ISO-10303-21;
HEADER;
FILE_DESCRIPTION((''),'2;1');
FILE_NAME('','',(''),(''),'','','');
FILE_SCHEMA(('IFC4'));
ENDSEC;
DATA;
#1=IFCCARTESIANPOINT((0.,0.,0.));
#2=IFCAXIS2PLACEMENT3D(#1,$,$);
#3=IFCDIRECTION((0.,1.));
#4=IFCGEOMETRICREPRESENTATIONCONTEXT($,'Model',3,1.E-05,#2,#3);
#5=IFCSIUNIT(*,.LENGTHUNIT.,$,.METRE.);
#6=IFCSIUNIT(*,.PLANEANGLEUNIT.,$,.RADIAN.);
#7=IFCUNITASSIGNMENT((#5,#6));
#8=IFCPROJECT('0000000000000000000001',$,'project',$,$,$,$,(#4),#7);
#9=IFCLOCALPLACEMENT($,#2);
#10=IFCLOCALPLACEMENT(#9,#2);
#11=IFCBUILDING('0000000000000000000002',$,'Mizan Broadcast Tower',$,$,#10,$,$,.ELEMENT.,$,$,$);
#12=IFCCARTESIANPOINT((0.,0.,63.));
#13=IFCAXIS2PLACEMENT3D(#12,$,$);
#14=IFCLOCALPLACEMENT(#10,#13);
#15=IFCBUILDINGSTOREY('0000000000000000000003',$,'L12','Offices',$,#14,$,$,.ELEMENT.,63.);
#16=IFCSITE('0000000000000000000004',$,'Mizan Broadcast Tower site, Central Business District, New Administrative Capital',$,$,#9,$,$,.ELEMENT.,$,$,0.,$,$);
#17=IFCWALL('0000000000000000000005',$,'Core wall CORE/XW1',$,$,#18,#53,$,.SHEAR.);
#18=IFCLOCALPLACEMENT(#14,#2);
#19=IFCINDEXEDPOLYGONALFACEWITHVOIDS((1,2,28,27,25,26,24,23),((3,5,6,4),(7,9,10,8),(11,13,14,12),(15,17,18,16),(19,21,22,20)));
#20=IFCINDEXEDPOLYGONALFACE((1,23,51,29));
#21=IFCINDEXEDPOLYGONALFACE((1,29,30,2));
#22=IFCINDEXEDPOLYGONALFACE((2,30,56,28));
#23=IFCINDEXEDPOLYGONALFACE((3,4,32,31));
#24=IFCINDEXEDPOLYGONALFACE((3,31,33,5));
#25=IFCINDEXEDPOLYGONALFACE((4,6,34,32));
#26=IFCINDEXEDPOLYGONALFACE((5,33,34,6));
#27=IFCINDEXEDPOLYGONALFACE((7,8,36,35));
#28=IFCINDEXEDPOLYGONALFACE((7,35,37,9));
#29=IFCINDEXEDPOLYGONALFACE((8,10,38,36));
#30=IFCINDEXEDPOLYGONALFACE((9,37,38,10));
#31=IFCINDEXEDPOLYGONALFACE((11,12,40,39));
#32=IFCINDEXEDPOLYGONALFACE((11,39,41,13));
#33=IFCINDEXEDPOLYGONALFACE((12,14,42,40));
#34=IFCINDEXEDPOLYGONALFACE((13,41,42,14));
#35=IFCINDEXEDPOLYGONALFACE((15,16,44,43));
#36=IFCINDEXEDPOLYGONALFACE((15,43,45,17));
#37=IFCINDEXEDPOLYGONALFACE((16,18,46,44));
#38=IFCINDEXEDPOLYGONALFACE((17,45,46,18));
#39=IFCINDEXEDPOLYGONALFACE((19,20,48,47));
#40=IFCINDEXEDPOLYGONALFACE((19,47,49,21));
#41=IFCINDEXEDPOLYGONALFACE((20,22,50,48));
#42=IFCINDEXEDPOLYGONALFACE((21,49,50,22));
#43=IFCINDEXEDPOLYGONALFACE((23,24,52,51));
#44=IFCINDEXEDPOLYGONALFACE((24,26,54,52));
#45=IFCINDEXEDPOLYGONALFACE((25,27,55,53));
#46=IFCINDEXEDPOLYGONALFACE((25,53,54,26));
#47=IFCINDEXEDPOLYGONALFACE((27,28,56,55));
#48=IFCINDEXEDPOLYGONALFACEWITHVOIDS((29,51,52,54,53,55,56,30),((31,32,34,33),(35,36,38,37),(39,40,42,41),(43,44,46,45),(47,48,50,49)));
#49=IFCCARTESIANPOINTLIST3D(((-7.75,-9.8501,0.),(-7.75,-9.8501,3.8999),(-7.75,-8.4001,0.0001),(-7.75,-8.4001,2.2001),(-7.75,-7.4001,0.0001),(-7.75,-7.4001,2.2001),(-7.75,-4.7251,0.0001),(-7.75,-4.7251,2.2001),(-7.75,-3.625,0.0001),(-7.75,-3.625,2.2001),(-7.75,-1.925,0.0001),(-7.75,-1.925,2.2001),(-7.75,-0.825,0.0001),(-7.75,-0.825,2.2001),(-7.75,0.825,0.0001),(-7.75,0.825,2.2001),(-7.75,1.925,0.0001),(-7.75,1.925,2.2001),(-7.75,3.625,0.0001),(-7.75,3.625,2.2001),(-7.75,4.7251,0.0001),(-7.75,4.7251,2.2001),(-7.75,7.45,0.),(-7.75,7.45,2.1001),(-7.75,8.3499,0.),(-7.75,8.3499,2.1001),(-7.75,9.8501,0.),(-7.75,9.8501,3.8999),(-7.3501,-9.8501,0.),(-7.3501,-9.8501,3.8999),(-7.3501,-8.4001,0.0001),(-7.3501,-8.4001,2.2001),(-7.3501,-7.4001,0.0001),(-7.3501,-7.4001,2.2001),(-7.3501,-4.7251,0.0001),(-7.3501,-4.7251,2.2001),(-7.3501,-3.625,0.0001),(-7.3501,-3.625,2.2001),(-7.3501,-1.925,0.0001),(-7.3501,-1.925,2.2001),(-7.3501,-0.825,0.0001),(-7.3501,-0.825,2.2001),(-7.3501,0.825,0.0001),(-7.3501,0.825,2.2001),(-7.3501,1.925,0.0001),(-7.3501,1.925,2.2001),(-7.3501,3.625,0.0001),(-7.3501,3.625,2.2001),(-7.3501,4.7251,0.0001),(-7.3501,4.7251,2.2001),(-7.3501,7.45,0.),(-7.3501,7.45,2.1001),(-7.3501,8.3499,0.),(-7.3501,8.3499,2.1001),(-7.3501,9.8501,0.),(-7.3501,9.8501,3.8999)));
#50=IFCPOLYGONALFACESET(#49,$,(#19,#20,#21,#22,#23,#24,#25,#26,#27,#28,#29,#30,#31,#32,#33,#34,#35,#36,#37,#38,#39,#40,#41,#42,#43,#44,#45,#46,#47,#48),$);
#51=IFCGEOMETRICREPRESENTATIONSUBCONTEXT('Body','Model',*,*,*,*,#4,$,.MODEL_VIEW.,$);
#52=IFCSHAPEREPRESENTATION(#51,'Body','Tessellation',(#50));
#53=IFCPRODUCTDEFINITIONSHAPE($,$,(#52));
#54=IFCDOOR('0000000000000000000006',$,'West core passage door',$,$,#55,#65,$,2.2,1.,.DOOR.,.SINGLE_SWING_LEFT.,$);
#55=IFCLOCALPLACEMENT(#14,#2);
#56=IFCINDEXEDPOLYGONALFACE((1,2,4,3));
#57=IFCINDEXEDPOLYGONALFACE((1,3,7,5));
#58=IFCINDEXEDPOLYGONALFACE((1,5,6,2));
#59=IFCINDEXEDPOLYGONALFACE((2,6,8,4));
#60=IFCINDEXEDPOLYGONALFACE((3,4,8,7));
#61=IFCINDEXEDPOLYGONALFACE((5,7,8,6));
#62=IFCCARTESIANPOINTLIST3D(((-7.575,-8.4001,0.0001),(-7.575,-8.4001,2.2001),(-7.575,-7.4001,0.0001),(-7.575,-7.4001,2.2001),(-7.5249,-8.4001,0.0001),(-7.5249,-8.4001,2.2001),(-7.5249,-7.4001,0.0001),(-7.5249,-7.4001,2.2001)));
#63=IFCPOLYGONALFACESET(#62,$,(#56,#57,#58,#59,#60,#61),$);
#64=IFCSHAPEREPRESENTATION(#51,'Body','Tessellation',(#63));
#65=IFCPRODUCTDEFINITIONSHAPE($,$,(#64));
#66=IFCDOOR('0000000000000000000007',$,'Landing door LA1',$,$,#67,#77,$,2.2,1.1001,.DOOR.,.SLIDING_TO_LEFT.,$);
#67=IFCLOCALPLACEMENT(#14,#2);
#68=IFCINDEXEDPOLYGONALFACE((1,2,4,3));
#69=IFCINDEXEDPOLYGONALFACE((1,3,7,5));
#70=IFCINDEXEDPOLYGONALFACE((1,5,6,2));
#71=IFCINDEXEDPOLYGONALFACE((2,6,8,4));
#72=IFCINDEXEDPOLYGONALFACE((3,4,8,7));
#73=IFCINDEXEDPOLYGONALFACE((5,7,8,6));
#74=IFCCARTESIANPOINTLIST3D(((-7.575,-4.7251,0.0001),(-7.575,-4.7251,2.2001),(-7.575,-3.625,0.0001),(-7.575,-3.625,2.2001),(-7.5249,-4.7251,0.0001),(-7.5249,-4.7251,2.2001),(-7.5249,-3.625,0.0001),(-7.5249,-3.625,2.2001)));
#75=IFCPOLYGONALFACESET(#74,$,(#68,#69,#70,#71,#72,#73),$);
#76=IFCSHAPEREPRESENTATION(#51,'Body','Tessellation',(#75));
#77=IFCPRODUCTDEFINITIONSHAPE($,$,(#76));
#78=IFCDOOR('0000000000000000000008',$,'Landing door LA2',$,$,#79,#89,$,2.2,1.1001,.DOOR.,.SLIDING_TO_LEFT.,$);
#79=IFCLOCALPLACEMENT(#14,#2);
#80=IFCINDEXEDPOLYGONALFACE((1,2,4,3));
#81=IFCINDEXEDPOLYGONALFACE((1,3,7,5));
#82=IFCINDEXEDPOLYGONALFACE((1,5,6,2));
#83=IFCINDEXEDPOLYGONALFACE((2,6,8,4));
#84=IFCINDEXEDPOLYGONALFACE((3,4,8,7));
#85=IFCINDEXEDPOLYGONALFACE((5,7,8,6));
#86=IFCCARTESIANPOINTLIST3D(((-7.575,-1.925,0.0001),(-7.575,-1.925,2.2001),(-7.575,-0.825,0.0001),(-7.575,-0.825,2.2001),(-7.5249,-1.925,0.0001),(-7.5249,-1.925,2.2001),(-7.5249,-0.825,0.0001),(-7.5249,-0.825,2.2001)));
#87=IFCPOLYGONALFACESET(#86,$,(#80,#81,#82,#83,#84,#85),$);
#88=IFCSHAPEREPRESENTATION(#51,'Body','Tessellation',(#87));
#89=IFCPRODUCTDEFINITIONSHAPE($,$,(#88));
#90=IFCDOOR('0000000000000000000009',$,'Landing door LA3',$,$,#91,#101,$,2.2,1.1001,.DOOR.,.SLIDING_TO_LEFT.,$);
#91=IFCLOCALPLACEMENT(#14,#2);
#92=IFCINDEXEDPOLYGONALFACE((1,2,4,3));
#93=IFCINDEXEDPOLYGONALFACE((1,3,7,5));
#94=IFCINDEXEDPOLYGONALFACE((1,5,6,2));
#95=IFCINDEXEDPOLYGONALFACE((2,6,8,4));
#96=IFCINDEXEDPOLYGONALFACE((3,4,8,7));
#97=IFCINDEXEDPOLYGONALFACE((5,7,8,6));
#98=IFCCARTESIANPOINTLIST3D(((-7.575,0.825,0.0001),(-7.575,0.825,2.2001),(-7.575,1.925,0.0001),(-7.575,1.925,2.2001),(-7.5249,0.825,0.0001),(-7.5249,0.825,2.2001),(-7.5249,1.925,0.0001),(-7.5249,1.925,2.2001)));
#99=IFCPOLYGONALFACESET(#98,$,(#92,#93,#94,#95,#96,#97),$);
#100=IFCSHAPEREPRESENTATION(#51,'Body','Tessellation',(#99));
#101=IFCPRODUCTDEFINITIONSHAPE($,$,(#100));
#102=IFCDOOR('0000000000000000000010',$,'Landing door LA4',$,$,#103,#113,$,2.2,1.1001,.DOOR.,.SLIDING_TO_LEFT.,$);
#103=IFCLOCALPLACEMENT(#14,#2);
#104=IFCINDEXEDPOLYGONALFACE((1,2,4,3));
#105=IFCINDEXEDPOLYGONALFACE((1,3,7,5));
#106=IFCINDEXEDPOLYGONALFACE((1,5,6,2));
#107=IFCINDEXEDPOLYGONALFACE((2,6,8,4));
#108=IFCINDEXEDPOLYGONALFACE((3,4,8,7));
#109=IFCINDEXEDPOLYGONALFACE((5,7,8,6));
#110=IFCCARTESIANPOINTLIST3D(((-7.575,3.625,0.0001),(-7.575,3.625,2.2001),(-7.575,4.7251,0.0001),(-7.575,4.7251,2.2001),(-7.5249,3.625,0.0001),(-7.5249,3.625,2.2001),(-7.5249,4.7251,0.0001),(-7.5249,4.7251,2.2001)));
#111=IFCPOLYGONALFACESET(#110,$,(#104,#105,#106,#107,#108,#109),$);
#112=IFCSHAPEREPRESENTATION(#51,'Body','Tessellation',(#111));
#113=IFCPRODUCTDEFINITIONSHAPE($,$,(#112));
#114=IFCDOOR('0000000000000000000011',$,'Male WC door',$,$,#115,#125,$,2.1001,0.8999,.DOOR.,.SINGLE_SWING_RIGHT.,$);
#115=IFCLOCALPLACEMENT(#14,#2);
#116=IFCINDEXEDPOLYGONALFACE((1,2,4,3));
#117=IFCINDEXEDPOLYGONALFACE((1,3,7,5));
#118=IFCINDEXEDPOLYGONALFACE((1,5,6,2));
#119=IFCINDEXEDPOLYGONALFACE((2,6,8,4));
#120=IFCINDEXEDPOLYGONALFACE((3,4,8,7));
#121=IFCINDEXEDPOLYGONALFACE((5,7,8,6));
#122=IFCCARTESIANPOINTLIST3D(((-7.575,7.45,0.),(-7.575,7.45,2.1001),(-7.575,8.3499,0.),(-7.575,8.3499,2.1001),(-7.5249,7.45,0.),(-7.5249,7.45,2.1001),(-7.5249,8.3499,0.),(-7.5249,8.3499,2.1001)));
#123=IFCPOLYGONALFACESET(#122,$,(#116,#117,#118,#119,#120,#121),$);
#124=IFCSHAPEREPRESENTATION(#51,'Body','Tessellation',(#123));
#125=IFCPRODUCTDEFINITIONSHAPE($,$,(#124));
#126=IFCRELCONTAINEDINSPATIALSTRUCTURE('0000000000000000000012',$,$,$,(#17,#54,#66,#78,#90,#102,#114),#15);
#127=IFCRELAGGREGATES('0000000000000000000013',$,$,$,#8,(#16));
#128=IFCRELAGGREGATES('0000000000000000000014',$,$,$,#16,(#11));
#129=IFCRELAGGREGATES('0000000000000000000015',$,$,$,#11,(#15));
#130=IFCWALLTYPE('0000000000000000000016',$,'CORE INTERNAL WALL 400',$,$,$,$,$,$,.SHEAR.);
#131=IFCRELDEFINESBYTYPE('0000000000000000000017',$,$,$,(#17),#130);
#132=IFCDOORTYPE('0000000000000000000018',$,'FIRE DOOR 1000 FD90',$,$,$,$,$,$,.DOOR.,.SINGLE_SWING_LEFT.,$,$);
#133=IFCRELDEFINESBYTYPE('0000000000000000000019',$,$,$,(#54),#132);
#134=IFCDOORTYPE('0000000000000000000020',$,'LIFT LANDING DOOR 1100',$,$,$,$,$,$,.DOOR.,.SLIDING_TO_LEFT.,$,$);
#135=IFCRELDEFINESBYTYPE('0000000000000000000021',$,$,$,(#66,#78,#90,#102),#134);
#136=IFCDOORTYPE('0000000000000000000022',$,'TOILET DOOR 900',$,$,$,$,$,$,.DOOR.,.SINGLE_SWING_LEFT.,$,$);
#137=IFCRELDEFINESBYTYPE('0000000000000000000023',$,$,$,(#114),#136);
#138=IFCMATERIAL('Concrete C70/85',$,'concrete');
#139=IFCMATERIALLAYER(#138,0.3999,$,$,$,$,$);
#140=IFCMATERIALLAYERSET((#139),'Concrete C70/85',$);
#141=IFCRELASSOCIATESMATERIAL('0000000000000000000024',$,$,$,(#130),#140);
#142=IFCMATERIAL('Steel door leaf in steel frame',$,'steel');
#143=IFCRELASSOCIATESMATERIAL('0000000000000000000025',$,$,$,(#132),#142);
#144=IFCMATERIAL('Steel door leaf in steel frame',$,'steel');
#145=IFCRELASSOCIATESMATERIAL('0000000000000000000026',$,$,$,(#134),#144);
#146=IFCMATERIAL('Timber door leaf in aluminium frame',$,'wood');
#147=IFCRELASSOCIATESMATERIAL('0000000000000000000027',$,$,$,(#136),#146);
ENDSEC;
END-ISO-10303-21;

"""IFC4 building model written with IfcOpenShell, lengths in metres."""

from ifc_helpers import new_model, si_unit, direction, frame, frame_2d, origin, place, context, subcontext, project, spatial, rectangle, extrude, material, layer, layer_set, type_object, element, fill, save


model = new_model("IFC4")

# Units and contexts
model_context = context("Model", 3, precision=1e-05, world=origin(), true_north=direction((0.0, 1.0)))
body_context = subcontext(model_context, "Body", "Model", "MODEL_VIEW")
ifc_project = project(units=[si_unit("LENGTHUNIT", "METRE"), si_unit("PLANEANGLEUNIT", "RADIAN")], contexts=[model_context])

# Site, building, storey
site_placement = place(None, origin())
site = spatial("IfcSite", under=ifc_project, at=site_placement, Name="Mizan Broadcast Tower site, Central Business District, New Administrative Capital", CompositionType="ELEMENT", RefElevation=0.0)
building_placement = place(site_placement, origin())
building = spatial("IfcBuilding", under=site, at=building_placement, Name="Mizan Broadcast Tower", CompositionType="ELEMENT")
storey_placement = place(building_placement, frame((0.0, 0.0, 63.0)))
storey = spatial("IfcBuildingStorey", under=building, at=storey_placement, Name="L12", Description="Offices", CompositionType="ELEMENT", Elevation=63.0)

# Wall, openings, doors
ifc_material_1 = material(Name="Concrete C70/85", Category="concrete")
ifc_layer_1 = layer(ifc_material_1, 0.3999)
ifc_layer_set_1 = layer_set([ifc_layer_1], Name="Concrete C70/85")
wall_type_1 = type_object("IfcWallType", Name="CORE INTERNAL WALL 400", PredefinedType="SHEAR", material=ifc_layer_set_1)
wall_1_placement = place(storey_placement, frame((-7.55, -9.8501, 0.0), z_axis=(0.0, 0.0, 1.0), x_axis=(0.0, 1.0, 0.0)))
wall_1 = element("IfcWall", 1, at=wall_1_placement, inside=storey, type_object=wall_type_1, Name="Core wall CORE/XW1", PredefinedType="SHEAR", context=body_context, shape_type="SweptSolid", body=[
    extrude(rectangle(XDim=19.7002, YDim=0.3999, at=frame_2d((9.8501, 0.0))), origin(), (0.0, 0.0, 1.0), 3.8999),
])
opening_1_placement = place(wall_1_placement, frame((1.45, 0.0, 0.0)))
opening_1 = element("IfcOpeningElement", 2, at=opening_1_placement, cuts=wall_1, PredefinedType="OPENING", context=body_context, shape_type="SweptSolid", body=[
    extrude(rectangle(XDim=1.0, YDim=2.2, at=frame_2d((0.5, 1.1001))), frame((0.0, 0.21, 0.0), z_axis=(0.0, -1.0, 0.0), x_axis=(1.0, 0.0, 0.0)), (0.0, 0.0, 1.0), 0.4199),
])
opening_2_placement = place(wall_1_placement, frame((17.3, 0.0, 0.0)))
opening_2 = element("IfcOpeningElement", 3, at=opening_2_placement, cuts=wall_1, PredefinedType="OPENING", context=body_context, shape_type="SweptSolid", body=[
    extrude(rectangle(XDim=0.8999, YDim=2.1001, at=frame_2d((0.45, 1.05))), frame((0.0, 0.21, 0.0), z_axis=(0.0, -1.0, 0.0), x_axis=(1.0, 0.0, 0.0)), (0.0, 0.0, 1.0), 0.4199),
])
opening_3_placement = place(wall_1_placement, frame((5.125, 0.0, 0.0)))
opening_3 = element("IfcOpeningElement", 4, at=opening_3_placement, cuts=wall_1, PredefinedType="OPENING", context=body_context, shape_type="SweptSolid", body=[
    extrude(rectangle(XDim=1.1001, YDim=2.2, at=frame_2d((0.55, 1.1001))), frame((0.0, 0.21, 0.0), z_axis=(0.0, -1.0, 0.0), x_axis=(1.0, 0.0, 0.0)), (0.0, 0.0, 1.0), 0.4199),
])
opening_4_placement = place(wall_1_placement, frame((7.925, 0.0, 0.0)))
opening_4 = element("IfcOpeningElement", 5, at=opening_4_placement, cuts=wall_1, PredefinedType="OPENING", context=body_context, shape_type="SweptSolid", body=[
    extrude(rectangle(XDim=1.1001, YDim=2.2, at=frame_2d((0.55, 1.1001))), frame((0.0, 0.21, 0.0), z_axis=(0.0, -1.0, 0.0), x_axis=(1.0, 0.0, 0.0)), (0.0, 0.0, 1.0), 0.4199),
])
opening_5_placement = place(wall_1_placement, frame((10.675, 0.0, 0.0)))
opening_5 = element("IfcOpeningElement", 6, at=opening_5_placement, cuts=wall_1, PredefinedType="OPENING", context=body_context, shape_type="SweptSolid", body=[
    extrude(rectangle(XDim=1.1001, YDim=2.2, at=frame_2d((0.55, 1.1001))), frame((0.0, 0.21, 0.0), z_axis=(0.0, -1.0, 0.0), x_axis=(1.0, 0.0, 0.0)), (0.0, 0.0, 1.0), 0.4199),
])
opening_6_placement = place(wall_1_placement, frame((13.4751, 0.0, 0.0)))
opening_6 = element("IfcOpeningElement", 7, at=opening_6_placement, cuts=wall_1, PredefinedType="OPENING", context=body_context, shape_type="SweptSolid", body=[
    extrude(rectangle(XDim=1.1001, YDim=2.2, at=frame_2d((0.55, 1.1001))), frame((0.0, 0.21, 0.0), z_axis=(0.0, -1.0, 0.0), x_axis=(1.0, 0.0, 0.0)), (0.0, 0.0, 1.0), 0.4199),
])
ifc_material_2 = material(Name="Steel door leaf in steel frame", Category="steel")
door_type_1 = type_object("IfcDoorType", Name="FIRE DOOR 1000 FD90", OperationType="SINGLE_SWING_LEFT", PredefinedType="DOOR", material=ifc_material_2)
door_1_placement = place(opening_1_placement, origin())
door_1 = element("IfcDoor", 8, at=door_1_placement, inside=storey, type_object=door_type_1, Name="West core passage door", OperationType="SINGLE_SWING_LEFT", OverallHeight=2.2, OverallWidth=1.0, PredefinedType="DOOR", context=body_context, shape_type="SweptSolid", body=[
    extrude(rectangle(XDim=1.0, YDim=2.2, at=frame_2d((0.5, 1.1001))), frame((0.0, 0.0249, 0.0), z_axis=(0.0, -1.0, 0.0), x_axis=(1.0, 0.0, 0.0)), (0.0, 0.0, 1.0), 0.05),
])
fill(opening_1, door_1)
ifc_material_3 = material(Name="Steel door leaf in steel frame", Category="steel")
door_type_2 = type_object("IfcDoorType", Name="LIFT LANDING DOOR 1100", OperationType="SLIDING_TO_LEFT", PredefinedType="DOOR", material=ifc_material_3)
door_2_placement = place(opening_3_placement, origin())
door_2 = element("IfcDoor", 9, at=door_2_placement, inside=storey, type_object=door_type_2, Name="Landing door LA1", OperationType="SLIDING_TO_LEFT", OverallHeight=2.2, OverallWidth=1.1001, PredefinedType="DOOR", context=body_context, shape_type="SweptSolid", body=[
    extrude(rectangle(XDim=1.1001, YDim=2.2, at=frame_2d((0.55, 1.1001))), frame((0.0, 0.0249, 0.0), z_axis=(0.0, -1.0, 0.0), x_axis=(1.0, 0.0, 0.0)), (0.0, 0.0, 1.0), 0.05),
])
fill(opening_3, door_2)
door_3_placement = place(opening_4_placement, origin())
door_3 = element("IfcDoor", 10, at=door_3_placement, inside=storey, type_object=door_type_2, Name="Landing door LA2", OperationType="SLIDING_TO_LEFT", OverallHeight=2.2, OverallWidth=1.1001, PredefinedType="DOOR", context=body_context, shape_type="SweptSolid", body=[
    extrude(rectangle(XDim=1.1001, YDim=2.2, at=frame_2d((0.55, 1.1001))), frame((0.0, 0.0249, 0.0), z_axis=(0.0, -1.0, 0.0), x_axis=(1.0, 0.0, 0.0)), (0.0, 0.0, 1.0), 0.05),
])
fill(opening_4, door_3)
door_4_placement = place(opening_5_placement, origin())
door_4 = element("IfcDoor", 11, at=door_4_placement, inside=storey, type_object=door_type_2, Name="Landing door LA3", OperationType="SLIDING_TO_LEFT", OverallHeight=2.2, OverallWidth=1.1001, PredefinedType="DOOR", context=body_context, shape_type="SweptSolid", body=[
    extrude(rectangle(XDim=1.1001, YDim=2.2, at=frame_2d((0.55, 1.1001))), frame((0.0, 0.0249, 0.0), z_axis=(0.0, -1.0, 0.0), x_axis=(1.0, 0.0, 0.0)), (0.0, 0.0, 1.0), 0.05),
])
fill(opening_5, door_4)
door_5_placement = place(opening_6_placement, origin())
door_5 = element("IfcDoor", 12, at=door_5_placement, inside=storey, type_object=door_type_2, Name="Landing door LA4", OperationType="SLIDING_TO_LEFT", OverallHeight=2.2, OverallWidth=1.1001, PredefinedType="DOOR", context=body_context, shape_type="SweptSolid", body=[
    extrude(rectangle(XDim=1.1001, YDim=2.2, at=frame_2d((0.55, 1.1001))), frame((0.0, 0.0249, 0.0), z_axis=(0.0, -1.0, 0.0), x_axis=(1.0, 0.0, 0.0)), (0.0, 0.0, 1.0), 0.05),
])
fill(opening_6, door_5)
ifc_material_4 = material(Name="Timber door leaf in aluminium frame", Category="wood")
door_type_3 = type_object("IfcDoorType", Name="TOILET DOOR 900", OperationType="SINGLE_SWING_LEFT", PredefinedType="DOOR", material=ifc_material_4)
door_6_placement = place(opening_2_placement, origin())
door_6 = element("IfcDoor", 13, at=door_6_placement, inside=storey, type_object=door_type_3, Name="Male WC door", OperationType="SINGLE_SWING_RIGHT", OverallHeight=2.1001, OverallWidth=0.8999, PredefinedType="DOOR", context=body_context, shape_type="SweptSolid", body=[
    extrude(rectangle(XDim=0.8999, YDim=2.1001, at=frame_2d((0.45, 1.05))), frame((0.0, 0.0249, 0.0), z_axis=(0.0, -1.0, 0.0), x_axis=(1.0, 0.0, 0.0)), (0.0, 0.0, 1.0), 0.05),
])
fill(opening_2, door_6)

save(model, "model.ifc")
